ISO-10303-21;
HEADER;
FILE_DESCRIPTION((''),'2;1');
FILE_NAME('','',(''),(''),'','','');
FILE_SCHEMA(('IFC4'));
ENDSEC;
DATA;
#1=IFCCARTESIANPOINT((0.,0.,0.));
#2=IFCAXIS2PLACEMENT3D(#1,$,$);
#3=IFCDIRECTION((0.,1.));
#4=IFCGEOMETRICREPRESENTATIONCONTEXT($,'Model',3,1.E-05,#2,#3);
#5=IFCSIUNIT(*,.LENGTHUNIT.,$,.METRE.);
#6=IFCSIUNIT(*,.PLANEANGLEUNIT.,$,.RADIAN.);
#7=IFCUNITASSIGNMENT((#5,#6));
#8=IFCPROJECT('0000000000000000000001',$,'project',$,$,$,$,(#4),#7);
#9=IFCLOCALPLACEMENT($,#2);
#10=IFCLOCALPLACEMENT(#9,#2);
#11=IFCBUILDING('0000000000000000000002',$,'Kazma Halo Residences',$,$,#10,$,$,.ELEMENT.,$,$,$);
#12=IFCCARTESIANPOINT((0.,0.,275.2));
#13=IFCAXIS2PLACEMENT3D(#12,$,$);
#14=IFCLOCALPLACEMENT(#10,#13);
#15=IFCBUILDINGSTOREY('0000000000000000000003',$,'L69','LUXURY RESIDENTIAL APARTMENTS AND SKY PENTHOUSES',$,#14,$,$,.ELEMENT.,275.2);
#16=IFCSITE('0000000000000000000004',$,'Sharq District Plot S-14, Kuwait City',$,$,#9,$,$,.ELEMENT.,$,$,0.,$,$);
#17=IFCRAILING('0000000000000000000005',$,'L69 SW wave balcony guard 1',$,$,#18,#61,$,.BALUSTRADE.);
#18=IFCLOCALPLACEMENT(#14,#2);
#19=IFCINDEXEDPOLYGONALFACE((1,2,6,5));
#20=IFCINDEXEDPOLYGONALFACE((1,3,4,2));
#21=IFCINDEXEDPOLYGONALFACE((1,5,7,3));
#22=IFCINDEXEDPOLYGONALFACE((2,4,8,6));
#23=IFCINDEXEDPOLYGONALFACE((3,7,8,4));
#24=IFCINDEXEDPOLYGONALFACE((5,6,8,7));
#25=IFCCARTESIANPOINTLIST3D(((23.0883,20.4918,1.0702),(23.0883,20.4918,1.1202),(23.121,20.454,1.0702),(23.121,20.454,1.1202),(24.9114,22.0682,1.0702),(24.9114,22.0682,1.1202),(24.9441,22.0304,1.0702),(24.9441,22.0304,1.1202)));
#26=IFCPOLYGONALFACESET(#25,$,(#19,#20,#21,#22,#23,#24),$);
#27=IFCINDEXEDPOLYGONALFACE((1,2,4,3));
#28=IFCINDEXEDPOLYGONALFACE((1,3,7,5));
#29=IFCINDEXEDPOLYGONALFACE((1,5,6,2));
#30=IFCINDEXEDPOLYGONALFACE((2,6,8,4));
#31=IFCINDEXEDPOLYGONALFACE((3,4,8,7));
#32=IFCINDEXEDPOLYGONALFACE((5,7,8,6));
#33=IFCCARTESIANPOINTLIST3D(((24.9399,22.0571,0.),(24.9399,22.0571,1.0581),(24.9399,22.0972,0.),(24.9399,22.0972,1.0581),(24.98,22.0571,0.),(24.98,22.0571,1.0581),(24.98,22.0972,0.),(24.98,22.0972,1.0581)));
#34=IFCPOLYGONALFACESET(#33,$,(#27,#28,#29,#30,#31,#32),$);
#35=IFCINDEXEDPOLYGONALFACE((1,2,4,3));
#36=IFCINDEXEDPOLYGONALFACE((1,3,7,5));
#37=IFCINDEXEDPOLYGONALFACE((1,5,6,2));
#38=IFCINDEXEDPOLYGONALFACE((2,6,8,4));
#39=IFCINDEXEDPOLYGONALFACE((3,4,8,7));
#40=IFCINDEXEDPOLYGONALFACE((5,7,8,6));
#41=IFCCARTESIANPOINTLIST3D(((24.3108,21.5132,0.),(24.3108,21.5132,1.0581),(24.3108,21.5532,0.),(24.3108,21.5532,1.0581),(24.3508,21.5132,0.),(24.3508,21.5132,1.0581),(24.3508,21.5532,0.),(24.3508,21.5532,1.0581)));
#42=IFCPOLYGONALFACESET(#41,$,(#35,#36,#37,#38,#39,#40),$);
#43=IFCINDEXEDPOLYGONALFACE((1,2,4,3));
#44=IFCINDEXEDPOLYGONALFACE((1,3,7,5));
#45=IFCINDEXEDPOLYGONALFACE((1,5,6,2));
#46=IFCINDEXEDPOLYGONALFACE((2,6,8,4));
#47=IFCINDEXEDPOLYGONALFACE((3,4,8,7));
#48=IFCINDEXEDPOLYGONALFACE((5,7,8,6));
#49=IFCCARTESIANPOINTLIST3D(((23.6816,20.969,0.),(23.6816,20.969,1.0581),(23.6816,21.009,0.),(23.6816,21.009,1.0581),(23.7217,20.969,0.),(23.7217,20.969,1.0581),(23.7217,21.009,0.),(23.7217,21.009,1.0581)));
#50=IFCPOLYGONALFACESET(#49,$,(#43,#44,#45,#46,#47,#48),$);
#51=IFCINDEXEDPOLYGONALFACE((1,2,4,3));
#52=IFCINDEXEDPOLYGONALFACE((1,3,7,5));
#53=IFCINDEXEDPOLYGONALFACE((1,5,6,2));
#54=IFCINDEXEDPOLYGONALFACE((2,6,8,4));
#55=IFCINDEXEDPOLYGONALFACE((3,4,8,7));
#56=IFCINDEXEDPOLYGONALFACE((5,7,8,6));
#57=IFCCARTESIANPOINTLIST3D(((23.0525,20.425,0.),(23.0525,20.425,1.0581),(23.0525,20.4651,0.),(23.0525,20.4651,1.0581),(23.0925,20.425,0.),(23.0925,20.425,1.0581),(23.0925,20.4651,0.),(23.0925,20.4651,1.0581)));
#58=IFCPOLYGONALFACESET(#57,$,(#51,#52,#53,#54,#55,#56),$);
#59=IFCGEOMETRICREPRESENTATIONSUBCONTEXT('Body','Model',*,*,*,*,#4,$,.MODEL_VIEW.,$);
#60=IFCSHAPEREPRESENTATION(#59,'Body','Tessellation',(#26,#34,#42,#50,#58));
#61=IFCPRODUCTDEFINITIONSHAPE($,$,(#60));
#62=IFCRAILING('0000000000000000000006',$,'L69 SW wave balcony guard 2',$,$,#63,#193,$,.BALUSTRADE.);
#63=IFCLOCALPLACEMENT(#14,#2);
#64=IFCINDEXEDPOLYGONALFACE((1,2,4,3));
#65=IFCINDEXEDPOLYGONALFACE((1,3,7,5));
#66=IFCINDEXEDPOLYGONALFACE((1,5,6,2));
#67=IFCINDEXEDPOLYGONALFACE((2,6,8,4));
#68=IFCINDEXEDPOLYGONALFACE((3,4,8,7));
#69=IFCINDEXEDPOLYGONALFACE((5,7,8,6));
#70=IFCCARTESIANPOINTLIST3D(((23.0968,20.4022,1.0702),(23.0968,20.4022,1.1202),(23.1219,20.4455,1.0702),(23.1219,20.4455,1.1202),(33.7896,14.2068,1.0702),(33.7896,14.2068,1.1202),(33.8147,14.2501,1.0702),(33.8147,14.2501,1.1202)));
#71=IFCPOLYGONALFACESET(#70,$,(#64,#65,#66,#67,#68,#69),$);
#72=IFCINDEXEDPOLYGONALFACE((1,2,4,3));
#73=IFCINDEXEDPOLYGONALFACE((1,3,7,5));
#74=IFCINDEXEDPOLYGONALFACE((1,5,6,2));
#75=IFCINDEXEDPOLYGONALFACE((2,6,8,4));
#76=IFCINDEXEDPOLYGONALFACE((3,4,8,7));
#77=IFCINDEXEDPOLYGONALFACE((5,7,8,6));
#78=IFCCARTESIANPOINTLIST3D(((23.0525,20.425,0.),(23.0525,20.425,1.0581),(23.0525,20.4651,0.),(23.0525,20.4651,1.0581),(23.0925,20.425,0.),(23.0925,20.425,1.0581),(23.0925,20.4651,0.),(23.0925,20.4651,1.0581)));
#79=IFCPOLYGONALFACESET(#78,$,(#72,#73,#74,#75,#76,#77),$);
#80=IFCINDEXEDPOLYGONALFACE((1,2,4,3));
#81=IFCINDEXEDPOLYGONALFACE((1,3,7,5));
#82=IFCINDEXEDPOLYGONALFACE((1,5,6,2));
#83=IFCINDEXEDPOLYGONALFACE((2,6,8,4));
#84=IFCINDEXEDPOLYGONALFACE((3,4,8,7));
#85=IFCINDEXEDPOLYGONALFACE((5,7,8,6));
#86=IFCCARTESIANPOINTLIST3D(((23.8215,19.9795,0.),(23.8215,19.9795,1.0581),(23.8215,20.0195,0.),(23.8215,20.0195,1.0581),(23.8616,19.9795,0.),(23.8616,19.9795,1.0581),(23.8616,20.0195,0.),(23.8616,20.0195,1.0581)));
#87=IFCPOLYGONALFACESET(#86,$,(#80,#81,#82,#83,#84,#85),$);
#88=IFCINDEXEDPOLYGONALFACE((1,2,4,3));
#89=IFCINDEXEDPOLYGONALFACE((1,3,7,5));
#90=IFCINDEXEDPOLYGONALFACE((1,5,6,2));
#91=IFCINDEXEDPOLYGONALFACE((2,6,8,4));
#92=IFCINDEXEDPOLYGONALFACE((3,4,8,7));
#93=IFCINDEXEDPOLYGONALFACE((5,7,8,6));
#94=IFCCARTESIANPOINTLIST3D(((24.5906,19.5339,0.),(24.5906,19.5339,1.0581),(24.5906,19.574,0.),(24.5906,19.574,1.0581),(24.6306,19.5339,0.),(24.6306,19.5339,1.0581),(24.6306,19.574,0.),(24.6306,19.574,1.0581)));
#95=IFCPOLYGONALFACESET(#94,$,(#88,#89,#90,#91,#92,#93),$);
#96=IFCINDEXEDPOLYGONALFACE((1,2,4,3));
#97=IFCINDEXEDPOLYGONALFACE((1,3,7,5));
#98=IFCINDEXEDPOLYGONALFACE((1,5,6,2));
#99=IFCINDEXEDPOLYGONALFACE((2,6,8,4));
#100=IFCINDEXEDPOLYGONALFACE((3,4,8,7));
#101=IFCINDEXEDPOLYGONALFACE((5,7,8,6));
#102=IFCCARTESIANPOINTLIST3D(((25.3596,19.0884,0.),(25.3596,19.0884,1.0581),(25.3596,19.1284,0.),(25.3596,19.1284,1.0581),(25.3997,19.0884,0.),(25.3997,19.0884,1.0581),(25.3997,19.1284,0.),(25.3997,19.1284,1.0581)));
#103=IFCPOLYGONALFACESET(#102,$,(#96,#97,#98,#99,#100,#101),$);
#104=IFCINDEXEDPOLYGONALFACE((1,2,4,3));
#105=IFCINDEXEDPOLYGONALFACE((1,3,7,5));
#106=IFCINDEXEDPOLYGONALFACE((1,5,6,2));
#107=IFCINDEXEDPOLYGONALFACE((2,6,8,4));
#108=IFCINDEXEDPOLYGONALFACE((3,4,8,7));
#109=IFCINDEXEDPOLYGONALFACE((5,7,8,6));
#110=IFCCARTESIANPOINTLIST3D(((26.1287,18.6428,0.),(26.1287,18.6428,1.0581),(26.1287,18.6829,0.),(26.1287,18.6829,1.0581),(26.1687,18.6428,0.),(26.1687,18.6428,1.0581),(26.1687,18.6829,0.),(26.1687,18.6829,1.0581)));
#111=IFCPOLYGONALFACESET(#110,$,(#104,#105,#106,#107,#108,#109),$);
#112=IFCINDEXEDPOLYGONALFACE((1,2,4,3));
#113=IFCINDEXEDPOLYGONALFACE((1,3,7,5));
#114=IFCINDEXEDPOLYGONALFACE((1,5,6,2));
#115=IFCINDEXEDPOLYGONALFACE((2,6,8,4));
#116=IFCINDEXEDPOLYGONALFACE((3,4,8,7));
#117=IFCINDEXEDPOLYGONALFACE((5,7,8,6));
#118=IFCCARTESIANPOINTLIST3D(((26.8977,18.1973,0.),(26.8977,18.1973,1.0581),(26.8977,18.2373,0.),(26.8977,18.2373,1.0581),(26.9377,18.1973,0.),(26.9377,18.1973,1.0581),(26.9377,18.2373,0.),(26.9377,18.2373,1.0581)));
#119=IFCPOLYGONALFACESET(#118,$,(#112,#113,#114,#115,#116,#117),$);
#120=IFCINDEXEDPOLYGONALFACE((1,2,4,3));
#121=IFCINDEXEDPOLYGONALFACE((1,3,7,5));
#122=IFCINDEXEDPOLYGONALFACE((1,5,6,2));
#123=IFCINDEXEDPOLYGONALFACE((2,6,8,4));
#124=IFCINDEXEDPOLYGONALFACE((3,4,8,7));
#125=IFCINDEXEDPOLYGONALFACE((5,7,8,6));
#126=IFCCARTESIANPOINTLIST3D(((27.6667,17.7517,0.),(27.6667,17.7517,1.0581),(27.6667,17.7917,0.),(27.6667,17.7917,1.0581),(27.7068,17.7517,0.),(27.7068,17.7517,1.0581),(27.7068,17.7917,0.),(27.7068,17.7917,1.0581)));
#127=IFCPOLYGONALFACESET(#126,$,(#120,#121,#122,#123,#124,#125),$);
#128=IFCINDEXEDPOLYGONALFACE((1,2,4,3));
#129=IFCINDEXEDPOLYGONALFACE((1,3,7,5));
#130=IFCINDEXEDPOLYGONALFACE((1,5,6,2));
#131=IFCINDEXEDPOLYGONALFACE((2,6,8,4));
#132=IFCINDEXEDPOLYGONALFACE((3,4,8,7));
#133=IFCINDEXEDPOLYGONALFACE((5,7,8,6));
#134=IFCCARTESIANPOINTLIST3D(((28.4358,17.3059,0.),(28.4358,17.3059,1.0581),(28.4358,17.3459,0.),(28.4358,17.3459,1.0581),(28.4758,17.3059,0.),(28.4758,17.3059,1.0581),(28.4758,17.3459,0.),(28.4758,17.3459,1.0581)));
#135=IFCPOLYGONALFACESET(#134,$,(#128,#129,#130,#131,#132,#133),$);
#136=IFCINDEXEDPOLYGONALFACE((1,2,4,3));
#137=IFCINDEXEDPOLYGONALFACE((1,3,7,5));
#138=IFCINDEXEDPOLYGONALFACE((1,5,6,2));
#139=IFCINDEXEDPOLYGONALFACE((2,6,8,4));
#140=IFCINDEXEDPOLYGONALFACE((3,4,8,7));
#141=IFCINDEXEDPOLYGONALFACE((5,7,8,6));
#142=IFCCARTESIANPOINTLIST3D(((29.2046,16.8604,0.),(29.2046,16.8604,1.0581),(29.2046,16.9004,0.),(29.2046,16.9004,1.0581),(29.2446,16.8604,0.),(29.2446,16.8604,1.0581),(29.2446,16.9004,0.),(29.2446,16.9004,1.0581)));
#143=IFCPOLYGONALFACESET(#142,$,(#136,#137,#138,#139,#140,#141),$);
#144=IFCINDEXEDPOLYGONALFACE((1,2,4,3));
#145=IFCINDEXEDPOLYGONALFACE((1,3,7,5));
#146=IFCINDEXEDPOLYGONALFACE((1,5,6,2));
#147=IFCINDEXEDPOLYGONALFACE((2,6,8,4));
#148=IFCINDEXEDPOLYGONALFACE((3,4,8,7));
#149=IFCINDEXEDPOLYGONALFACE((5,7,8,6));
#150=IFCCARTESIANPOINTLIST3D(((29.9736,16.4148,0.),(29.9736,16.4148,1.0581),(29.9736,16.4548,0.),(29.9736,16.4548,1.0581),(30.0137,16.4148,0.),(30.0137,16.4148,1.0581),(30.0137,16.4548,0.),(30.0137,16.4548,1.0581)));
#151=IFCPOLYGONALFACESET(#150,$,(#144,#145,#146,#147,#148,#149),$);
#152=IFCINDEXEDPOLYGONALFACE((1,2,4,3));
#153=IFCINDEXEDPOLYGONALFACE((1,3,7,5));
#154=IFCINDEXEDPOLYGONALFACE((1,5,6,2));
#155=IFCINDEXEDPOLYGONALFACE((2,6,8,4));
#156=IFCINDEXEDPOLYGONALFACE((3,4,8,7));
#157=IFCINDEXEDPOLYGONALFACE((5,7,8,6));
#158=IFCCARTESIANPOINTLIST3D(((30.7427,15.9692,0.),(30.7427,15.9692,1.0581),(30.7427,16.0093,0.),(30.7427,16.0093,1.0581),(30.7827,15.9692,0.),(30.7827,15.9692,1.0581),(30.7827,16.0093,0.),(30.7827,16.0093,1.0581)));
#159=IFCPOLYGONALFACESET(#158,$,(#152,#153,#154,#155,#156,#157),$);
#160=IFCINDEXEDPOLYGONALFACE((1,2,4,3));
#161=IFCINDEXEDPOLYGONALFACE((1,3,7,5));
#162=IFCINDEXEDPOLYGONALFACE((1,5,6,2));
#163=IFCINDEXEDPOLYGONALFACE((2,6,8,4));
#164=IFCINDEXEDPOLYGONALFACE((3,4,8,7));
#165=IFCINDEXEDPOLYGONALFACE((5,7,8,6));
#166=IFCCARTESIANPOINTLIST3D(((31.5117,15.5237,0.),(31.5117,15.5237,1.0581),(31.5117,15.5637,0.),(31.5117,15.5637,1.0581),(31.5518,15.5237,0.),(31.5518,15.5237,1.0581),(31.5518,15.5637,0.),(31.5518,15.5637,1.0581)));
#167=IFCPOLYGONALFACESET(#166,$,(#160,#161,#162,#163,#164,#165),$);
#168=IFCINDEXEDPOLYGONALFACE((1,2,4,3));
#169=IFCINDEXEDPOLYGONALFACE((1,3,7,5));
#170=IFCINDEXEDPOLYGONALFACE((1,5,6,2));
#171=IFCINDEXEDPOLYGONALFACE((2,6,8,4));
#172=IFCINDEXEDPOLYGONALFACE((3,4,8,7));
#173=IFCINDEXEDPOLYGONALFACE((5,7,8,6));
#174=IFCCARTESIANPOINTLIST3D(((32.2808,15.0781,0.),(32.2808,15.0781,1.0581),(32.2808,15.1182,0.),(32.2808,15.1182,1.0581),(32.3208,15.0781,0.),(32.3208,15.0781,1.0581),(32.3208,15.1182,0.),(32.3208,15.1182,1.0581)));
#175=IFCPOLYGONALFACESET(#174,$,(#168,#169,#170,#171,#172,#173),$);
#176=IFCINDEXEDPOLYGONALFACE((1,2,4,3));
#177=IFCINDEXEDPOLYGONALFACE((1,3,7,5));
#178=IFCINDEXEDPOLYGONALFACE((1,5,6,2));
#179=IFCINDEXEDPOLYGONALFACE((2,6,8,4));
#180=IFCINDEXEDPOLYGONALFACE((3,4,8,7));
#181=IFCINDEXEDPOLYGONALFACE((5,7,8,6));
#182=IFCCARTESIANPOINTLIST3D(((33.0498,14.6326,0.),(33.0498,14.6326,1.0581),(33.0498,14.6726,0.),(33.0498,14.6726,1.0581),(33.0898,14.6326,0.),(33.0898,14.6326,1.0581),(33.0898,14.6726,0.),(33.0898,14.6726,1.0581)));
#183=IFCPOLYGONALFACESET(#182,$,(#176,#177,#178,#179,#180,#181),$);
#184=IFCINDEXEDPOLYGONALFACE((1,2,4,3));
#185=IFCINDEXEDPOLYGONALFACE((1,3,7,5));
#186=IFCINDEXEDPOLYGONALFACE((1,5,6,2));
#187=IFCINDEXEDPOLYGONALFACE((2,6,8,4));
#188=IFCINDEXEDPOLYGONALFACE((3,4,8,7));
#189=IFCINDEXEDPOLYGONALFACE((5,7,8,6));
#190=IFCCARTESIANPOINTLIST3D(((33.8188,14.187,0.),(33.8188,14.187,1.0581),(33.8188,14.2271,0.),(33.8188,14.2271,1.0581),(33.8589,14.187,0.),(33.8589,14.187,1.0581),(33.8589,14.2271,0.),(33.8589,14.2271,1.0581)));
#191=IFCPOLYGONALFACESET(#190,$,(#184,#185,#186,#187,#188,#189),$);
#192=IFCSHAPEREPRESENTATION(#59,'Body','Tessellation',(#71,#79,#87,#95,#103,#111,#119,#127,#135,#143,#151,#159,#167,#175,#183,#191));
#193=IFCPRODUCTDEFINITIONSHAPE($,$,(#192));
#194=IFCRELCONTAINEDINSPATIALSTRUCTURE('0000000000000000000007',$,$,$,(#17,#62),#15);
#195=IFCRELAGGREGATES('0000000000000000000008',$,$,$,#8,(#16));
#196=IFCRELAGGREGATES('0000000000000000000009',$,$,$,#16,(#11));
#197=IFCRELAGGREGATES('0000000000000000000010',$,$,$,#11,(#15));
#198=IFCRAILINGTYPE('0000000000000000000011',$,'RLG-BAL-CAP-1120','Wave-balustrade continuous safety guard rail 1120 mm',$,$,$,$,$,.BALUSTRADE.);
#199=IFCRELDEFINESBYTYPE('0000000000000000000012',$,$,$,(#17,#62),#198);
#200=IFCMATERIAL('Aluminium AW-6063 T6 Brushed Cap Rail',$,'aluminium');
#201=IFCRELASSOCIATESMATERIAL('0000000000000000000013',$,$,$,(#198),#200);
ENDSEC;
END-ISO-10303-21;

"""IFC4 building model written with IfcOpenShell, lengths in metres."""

from ifc_helpers import new_model, si_unit, direction, frame, origin, origin_2d, place, context, subcontext, project, spatial, rectangle, extrude, material, type_object, element, save


model = new_model("IFC4")

# Units and contexts
model_context = context("Model", 3, precision=1e-05, world=origin(), true_north=direction((0.0, 1.0)))
body_context = subcontext(model_context, "Body", "Model", "MODEL_VIEW")
ifc_project = project(units=[si_unit("LENGTHUNIT", "METRE"), si_unit("PLANEANGLEUNIT", "RADIAN")], contexts=[model_context])

# Site, building, storey
site_placement = place(None, origin())
site = spatial("IfcSite", under=ifc_project, at=site_placement, Name="Sharq District Plot S-14, Kuwait City", CompositionType="ELEMENT", RefElevation=0.0)
building_placement = place(site_placement, origin())
building = spatial("IfcBuilding", under=site, at=building_placement, Name="Kazma Halo Residences", CompositionType="ELEMENT")
storey_placement = place(building_placement, frame((0.0, 0.0, 275.2)))
storey = spatial("IfcBuildingStorey", under=building, at=storey_placement, Name="L69", Description="LUXURY RESIDENTIAL APARTMENTS AND SKY PENTHOUSES", CompositionType="ELEMENT", Elevation=275.2)

# Railings
ifc_material_1 = material(Name="Aluminium AW-6063 T6 Brushed Cap Rail", Category="aluminium")
railing_type = type_object("IfcRailingType", Name="RLG-BAL-CAP-1120", Description="Wave-balustrade continuous safety guard rail 1120 mm", PredefinedType="BALUSTRADE", material=ifc_material_1)
railing_1_placement = place(storey_placement, frame((24.96, 22.0771, 0.0)))
element("IfcRailing", 1, at=railing_1_placement, inside=storey, type_object=railing_type, Name="L69 SW wave balcony guard 1", PredefinedType="BALUSTRADE", context=body_context, shape_type="SweptSolid", body=[
    extrude(rectangle(XDim=0.05, YDim=0.05, at=origin_2d()), frame((-0.0322, -0.0278, 1.0952), z_axis=(-0.756425, -0.654081, 0.0), x_axis=(0.654081, -0.756425, 0.0)), (0.0, 0.0, 1.0), 2.4102),
    extrude(rectangle(XDim=0.04, YDim=0.04, at=origin_2d()), origin(), (0.0, 0.0, 1.0), 1.0581),
    extrude(rectangle(XDim=0.04, YDim=0.04, at=origin_2d()), frame((-0.6292, -0.5439, 0.0)), (0.0, 0.0, 1.0), 1.0581),
    extrude(rectangle(XDim=0.04, YDim=0.04, at=origin_2d()), frame((-1.2583, -1.0881, 0.0)), (0.0, 0.0, 1.0), 1.0581),
    extrude(rectangle(XDim=0.04, YDim=0.04, at=origin_2d()), frame((-1.8875, -1.6321, 0.0)), (0.0, 0.0, 1.0), 1.0581),
])
railing_2_placement = place(storey_placement, frame((23.0725, 20.4451, 0.0)))
element("IfcRailing", 2, at=railing_2_placement, inside=storey, type_object=railing_type, Name="L69 SW wave balcony guard 2", PredefinedType="BALUSTRADE", context=body_context, shape_type="SweptSolid", body=[
    extrude(rectangle(XDim=0.05, YDim=0.05, at=origin_2d()), frame((0.0369, -0.0212, 1.0952), z_axis=(0.865256, -0.50133, 0.0), x_axis=(0.50133, 0.865256, 0.0)), (0.0, 0.0, 1.0), 12.3579),
    extrude(rectangle(XDim=0.04, YDim=0.04, at=origin_2d()), origin(), (0.0, 0.0, 1.0), 1.0581),
    extrude(rectangle(XDim=0.04, YDim=0.04, at=origin_2d()), frame((0.769, -0.4456, 0.0)), (0.0, 0.0, 1.0), 1.0581),
    extrude(rectangle(XDim=0.04, YDim=0.04, at=origin_2d()), frame((1.5381, -0.8911, 0.0)), (0.0, 0.0, 1.0), 1.0581),
    extrude(rectangle(XDim=0.04, YDim=0.04, at=origin_2d()), frame((2.3071, -1.3367, 0.0)), (0.0, 0.0, 1.0), 1.0581),
    extrude(rectangle(XDim=0.04, YDim=0.04, at=origin_2d()), frame((3.0762, -1.7822, 0.0)), (0.0, 0.0, 1.0), 1.0581),
    extrude(rectangle(XDim=0.04, YDim=0.04, at=origin_2d()), frame((3.8452, -2.2278, 0.0)), (0.0, 0.0, 1.0), 1.0581),
    extrude(rectangle(XDim=0.04, YDim=0.04, at=origin_2d()), frame((4.6143, -2.6733, 0.0)), (0.0, 0.0, 1.0), 1.0581),
    extrude(rectangle(XDim=0.04, YDim=0.04, at=origin_2d()), frame((5.3833, -3.1191, 0.0)), (0.0, 0.0, 1.0), 1.0581),
    extrude(rectangle(XDim=0.04, YDim=0.04, at=origin_2d()), frame((6.1521, -3.5647, 0.0)), (0.0, 0.0, 1.0), 1.0581),
    extrude(rectangle(XDim=0.04, YDim=0.04, at=origin_2d()), frame((6.9211, -4.0103, 0.0)), (0.0, 0.0, 1.0), 1.0581),
    extrude(rectangle(XDim=0.04, YDim=0.04, at=origin_2d()), frame((7.6902, -4.4558, 0.0)), (0.0, 0.0, 1.0), 1.0581),
    extrude(rectangle(XDim=0.04, YDim=0.04, at=origin_2d()), frame((8.4592, -4.9014, 0.0)), (0.0, 0.0, 1.0), 1.0581),
    extrude(rectangle(XDim=0.04, YDim=0.04, at=origin_2d()), frame((9.2283, -5.3469, 0.0)), (0.0, 0.0, 1.0), 1.0581),
    extrude(rectangle(XDim=0.04, YDim=0.04, at=origin_2d()), frame((9.9973, -5.7925, 0.0)), (0.0, 0.0, 1.0), 1.0581),
    extrude(rectangle(XDim=0.04, YDim=0.04, at=origin_2d()), frame((10.7664, -6.238, 0.0)), (0.0, 0.0, 1.0), 1.0581),
])

save(model, "model.ifc")
